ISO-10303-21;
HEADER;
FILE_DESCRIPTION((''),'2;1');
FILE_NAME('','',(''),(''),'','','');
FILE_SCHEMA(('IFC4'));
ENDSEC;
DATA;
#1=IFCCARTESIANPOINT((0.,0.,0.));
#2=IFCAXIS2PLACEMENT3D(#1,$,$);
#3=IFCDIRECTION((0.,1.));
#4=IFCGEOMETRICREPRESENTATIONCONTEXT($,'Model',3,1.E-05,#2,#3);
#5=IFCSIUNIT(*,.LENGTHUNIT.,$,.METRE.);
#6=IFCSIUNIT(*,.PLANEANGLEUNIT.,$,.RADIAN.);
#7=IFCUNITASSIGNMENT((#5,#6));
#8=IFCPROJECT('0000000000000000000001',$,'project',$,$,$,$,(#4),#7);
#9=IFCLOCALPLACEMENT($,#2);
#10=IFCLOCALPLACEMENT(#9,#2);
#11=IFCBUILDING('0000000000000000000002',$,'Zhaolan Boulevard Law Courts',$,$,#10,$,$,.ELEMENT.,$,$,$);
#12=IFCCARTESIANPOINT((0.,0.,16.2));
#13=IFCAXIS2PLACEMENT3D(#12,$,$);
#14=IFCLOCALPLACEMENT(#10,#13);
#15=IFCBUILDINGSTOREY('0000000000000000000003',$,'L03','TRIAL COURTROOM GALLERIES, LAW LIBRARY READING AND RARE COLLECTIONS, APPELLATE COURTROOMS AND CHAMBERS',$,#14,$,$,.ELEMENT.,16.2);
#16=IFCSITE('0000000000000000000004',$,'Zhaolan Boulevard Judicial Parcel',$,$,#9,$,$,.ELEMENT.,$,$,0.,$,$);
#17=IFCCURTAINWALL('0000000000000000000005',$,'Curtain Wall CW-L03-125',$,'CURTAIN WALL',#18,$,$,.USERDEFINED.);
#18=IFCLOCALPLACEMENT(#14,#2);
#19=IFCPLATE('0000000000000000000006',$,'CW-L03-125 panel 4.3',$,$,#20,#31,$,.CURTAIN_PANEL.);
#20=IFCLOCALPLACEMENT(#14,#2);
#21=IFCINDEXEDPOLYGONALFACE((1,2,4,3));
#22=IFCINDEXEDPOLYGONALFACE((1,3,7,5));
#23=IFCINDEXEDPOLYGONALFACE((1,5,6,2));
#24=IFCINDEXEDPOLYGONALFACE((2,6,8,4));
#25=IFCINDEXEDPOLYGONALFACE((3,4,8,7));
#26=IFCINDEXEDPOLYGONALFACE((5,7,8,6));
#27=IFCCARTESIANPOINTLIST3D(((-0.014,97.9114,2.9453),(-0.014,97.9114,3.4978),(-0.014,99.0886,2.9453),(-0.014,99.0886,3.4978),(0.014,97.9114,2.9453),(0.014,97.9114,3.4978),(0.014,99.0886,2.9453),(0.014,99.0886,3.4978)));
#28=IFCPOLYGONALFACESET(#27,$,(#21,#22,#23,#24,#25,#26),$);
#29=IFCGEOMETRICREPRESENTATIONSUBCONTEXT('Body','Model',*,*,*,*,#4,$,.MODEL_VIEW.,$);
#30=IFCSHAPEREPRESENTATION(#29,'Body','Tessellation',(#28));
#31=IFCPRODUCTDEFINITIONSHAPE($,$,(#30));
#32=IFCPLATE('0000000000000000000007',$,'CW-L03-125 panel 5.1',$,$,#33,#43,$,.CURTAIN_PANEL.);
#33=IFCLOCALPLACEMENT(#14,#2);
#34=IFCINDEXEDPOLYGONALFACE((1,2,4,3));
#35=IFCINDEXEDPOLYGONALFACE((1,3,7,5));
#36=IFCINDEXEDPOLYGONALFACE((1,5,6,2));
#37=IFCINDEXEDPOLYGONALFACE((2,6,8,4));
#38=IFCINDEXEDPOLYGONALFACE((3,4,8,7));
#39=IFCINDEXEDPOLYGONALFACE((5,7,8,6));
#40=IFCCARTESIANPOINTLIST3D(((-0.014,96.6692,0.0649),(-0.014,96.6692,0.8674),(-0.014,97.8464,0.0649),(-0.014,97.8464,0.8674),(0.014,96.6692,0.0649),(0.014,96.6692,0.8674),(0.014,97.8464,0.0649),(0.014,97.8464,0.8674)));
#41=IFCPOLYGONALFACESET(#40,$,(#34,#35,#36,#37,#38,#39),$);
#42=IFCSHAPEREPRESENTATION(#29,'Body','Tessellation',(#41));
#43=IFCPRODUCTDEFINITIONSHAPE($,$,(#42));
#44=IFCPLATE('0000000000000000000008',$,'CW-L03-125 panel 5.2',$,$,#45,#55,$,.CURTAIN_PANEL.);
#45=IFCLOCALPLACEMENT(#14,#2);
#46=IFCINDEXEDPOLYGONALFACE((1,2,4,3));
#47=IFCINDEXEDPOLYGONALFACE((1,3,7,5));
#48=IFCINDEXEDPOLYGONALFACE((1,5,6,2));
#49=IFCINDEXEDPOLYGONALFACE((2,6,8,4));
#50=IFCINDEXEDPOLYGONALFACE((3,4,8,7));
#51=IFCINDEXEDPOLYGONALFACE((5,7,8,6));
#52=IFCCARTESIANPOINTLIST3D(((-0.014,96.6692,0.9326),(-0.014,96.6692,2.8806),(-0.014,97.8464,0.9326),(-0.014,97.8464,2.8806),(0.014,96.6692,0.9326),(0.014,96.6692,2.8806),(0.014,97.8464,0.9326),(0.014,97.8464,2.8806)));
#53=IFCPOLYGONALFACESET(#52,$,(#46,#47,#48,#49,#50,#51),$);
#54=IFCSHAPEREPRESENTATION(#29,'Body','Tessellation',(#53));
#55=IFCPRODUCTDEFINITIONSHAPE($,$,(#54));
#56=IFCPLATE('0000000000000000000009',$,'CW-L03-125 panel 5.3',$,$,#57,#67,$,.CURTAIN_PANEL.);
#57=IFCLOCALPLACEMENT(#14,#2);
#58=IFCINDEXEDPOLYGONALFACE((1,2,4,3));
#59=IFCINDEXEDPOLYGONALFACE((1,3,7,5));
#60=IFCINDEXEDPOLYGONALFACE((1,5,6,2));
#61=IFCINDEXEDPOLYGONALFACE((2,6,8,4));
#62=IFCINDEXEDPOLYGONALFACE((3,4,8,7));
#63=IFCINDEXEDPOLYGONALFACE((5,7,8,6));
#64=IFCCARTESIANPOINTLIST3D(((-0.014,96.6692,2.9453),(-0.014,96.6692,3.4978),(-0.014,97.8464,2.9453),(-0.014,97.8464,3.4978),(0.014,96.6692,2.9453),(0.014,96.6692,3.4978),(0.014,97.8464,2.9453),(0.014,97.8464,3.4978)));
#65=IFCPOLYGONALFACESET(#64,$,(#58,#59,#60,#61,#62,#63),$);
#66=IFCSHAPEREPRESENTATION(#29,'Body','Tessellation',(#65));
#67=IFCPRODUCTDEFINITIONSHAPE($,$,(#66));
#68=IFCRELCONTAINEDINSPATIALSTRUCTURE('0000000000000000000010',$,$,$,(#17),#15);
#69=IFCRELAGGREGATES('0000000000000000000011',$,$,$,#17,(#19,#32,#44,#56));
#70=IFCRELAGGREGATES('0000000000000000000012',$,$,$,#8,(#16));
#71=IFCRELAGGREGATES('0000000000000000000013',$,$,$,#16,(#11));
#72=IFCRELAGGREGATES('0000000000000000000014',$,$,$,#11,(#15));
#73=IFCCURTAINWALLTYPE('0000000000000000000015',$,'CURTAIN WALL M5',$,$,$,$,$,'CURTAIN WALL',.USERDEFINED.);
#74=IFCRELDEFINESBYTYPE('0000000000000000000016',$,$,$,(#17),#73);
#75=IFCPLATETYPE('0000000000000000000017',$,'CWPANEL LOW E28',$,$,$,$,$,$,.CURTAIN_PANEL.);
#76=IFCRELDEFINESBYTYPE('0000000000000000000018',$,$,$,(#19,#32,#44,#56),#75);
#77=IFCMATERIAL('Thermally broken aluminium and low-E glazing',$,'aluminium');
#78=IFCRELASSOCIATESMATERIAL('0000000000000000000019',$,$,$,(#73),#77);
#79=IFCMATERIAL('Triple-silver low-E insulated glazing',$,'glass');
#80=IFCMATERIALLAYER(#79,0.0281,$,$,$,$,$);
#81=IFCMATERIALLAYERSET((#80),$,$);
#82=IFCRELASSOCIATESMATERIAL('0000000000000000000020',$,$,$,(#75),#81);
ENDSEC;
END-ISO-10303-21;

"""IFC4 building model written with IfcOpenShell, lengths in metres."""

from ifc_helpers import new_model, si_unit, direction, frame, origin, origin_2d, place, context, subcontext, project, spatial, rectangle, extrude, material, layer, layer_set, type_object, element, aggregate, save


model = new_model("IFC4")

# Units and contexts
model_context = context("Model", 3, precision=1e-05, world=origin(), true_north=direction((0.0, 1.0)))
body_context = subcontext(model_context, "Body", "Model", "MODEL_VIEW")
ifc_project = project(units=[si_unit("LENGTHUNIT", "METRE"), si_unit("PLANEANGLEUNIT", "RADIAN")], contexts=[model_context])

# Site, building, storey
site_placement = place(None, origin())
site = spatial("IfcSite", under=ifc_project, at=site_placement, Name="Zhaolan Boulevard Judicial Parcel", CompositionType="ELEMENT", RefElevation=0.0)
building_placement = place(site_placement, origin())
building = spatial("IfcBuilding", under=site, at=building_placement, Name="Zhaolan Boulevard Law Courts", CompositionType="ELEMENT")
storey_placement = place(building_placement, frame((0.0, 0.0, 16.2)))
storey = spatial("IfcBuildingStorey", under=building, at=storey_placement, Name="L03", Description="TRIAL COURTROOM GALLERIES, LAW LIBRARY READING AND RARE COLLECTIONS, APPELLATE COURTROOMS AND CHAMBERS", CompositionType="ELEMENT", Elevation=16.2)

# Curtain wall, plates
ifc_material_1 = material(Name="Thermally broken aluminium and low-E glazing", Category="aluminium")
curtain_wall_type = type_object("IfcCurtainWallType", Name="CURTAIN WALL M5", ElementType="CURTAIN WALL", PredefinedType="USERDEFINED", material=ifc_material_1)
curtain_wall_placement = place(storey_placement, origin())
curtain_wall = element("IfcCurtainWall", 1, at=curtain_wall_placement, inside=storey, type_object=curtain_wall_type, Name="Curtain Wall CW-L03-125", ObjectType="CURTAIN WALL", PredefinedType="USERDEFINED")
ifc_material_2 = material(Name="Triple-silver low-E insulated glazing", Category="glass")
ifc_layer = layer(ifc_material_2, 0.0281)
ifc_layer_set = layer_set([ifc_layer])
plate_type = type_object("IfcPlateType", Name="CWPANEL LOW E28", PredefinedType="CURTAIN_PANEL", material=ifc_layer_set)
plate_1_placement = place(storey_placement, frame((0.0, 98.5, 2.9453), z_axis=(0.0, 0.0, 1.0), x_axis=(0.0, -1.0, 0.0)))
plate_1 = element("IfcPlate", 2, at=plate_1_placement, type_object=plate_type, Name="CW-L03-125 panel 4.3", PredefinedType="CURTAIN_PANEL", context=body_context, shape_type="SweptSolid", body=[
    extrude(rectangle(XDim=1.1772, YDim=0.0281, at=origin_2d()), origin(), (0.0, 0.0, 1.0), 0.5525),
])
plate_2_placement = place(storey_placement, frame((0.0, 97.2578, 0.0649), z_axis=(0.0, 0.0, 1.0), x_axis=(0.0, -1.0, 0.0)))
plate_2 = element("IfcPlate", 3, at=plate_2_placement, type_object=plate_type, Name="CW-L03-125 panel 5.1", PredefinedType="CURTAIN_PANEL", context=body_context, shape_type="SweptSolid", body=[
    extrude(rectangle(XDim=1.1772, YDim=0.0281, at=origin_2d()), origin(), (0.0, 0.0, 1.0), 0.8025),
])
plate_3_placement = place(storey_placement, frame((0.0, 97.2578, 0.9326), z_axis=(0.0, 0.0, 1.0), x_axis=(0.0, -1.0, 0.0)))
plate_3 = element("IfcPlate", 4, at=plate_3_placement, type_object=plate_type, Name="CW-L03-125 panel 5.2", PredefinedType="CURTAIN_PANEL", context=body_context, shape_type="SweptSolid", body=[
    extrude(rectangle(XDim=1.1772, YDim=0.0281, at=origin_2d()), origin(), (0.0, 0.0, 1.0), 1.948),
])
plate_4_placement = place(storey_placement, frame((0.0, 97.2578, 2.9453), z_axis=(0.0, 0.0, 1.0), x_axis=(0.0, -1.0, 0.0)))
plate_4 = element("IfcPlate", 5, at=plate_4_placement, type_object=plate_type, Name="CW-L03-125 panel 5.3", PredefinedType="CURTAIN_PANEL", context=body_context, shape_type="SweptSolid", body=[
    extrude(rectangle(XDim=1.1772, YDim=0.0281, at=origin_2d()), origin(), (0.0, 0.0, 1.0), 0.5525),
])
aggregate(curtain_wall, [plate_1, plate_2, plate_3, plate_4])

save(model, "model.ifc")
